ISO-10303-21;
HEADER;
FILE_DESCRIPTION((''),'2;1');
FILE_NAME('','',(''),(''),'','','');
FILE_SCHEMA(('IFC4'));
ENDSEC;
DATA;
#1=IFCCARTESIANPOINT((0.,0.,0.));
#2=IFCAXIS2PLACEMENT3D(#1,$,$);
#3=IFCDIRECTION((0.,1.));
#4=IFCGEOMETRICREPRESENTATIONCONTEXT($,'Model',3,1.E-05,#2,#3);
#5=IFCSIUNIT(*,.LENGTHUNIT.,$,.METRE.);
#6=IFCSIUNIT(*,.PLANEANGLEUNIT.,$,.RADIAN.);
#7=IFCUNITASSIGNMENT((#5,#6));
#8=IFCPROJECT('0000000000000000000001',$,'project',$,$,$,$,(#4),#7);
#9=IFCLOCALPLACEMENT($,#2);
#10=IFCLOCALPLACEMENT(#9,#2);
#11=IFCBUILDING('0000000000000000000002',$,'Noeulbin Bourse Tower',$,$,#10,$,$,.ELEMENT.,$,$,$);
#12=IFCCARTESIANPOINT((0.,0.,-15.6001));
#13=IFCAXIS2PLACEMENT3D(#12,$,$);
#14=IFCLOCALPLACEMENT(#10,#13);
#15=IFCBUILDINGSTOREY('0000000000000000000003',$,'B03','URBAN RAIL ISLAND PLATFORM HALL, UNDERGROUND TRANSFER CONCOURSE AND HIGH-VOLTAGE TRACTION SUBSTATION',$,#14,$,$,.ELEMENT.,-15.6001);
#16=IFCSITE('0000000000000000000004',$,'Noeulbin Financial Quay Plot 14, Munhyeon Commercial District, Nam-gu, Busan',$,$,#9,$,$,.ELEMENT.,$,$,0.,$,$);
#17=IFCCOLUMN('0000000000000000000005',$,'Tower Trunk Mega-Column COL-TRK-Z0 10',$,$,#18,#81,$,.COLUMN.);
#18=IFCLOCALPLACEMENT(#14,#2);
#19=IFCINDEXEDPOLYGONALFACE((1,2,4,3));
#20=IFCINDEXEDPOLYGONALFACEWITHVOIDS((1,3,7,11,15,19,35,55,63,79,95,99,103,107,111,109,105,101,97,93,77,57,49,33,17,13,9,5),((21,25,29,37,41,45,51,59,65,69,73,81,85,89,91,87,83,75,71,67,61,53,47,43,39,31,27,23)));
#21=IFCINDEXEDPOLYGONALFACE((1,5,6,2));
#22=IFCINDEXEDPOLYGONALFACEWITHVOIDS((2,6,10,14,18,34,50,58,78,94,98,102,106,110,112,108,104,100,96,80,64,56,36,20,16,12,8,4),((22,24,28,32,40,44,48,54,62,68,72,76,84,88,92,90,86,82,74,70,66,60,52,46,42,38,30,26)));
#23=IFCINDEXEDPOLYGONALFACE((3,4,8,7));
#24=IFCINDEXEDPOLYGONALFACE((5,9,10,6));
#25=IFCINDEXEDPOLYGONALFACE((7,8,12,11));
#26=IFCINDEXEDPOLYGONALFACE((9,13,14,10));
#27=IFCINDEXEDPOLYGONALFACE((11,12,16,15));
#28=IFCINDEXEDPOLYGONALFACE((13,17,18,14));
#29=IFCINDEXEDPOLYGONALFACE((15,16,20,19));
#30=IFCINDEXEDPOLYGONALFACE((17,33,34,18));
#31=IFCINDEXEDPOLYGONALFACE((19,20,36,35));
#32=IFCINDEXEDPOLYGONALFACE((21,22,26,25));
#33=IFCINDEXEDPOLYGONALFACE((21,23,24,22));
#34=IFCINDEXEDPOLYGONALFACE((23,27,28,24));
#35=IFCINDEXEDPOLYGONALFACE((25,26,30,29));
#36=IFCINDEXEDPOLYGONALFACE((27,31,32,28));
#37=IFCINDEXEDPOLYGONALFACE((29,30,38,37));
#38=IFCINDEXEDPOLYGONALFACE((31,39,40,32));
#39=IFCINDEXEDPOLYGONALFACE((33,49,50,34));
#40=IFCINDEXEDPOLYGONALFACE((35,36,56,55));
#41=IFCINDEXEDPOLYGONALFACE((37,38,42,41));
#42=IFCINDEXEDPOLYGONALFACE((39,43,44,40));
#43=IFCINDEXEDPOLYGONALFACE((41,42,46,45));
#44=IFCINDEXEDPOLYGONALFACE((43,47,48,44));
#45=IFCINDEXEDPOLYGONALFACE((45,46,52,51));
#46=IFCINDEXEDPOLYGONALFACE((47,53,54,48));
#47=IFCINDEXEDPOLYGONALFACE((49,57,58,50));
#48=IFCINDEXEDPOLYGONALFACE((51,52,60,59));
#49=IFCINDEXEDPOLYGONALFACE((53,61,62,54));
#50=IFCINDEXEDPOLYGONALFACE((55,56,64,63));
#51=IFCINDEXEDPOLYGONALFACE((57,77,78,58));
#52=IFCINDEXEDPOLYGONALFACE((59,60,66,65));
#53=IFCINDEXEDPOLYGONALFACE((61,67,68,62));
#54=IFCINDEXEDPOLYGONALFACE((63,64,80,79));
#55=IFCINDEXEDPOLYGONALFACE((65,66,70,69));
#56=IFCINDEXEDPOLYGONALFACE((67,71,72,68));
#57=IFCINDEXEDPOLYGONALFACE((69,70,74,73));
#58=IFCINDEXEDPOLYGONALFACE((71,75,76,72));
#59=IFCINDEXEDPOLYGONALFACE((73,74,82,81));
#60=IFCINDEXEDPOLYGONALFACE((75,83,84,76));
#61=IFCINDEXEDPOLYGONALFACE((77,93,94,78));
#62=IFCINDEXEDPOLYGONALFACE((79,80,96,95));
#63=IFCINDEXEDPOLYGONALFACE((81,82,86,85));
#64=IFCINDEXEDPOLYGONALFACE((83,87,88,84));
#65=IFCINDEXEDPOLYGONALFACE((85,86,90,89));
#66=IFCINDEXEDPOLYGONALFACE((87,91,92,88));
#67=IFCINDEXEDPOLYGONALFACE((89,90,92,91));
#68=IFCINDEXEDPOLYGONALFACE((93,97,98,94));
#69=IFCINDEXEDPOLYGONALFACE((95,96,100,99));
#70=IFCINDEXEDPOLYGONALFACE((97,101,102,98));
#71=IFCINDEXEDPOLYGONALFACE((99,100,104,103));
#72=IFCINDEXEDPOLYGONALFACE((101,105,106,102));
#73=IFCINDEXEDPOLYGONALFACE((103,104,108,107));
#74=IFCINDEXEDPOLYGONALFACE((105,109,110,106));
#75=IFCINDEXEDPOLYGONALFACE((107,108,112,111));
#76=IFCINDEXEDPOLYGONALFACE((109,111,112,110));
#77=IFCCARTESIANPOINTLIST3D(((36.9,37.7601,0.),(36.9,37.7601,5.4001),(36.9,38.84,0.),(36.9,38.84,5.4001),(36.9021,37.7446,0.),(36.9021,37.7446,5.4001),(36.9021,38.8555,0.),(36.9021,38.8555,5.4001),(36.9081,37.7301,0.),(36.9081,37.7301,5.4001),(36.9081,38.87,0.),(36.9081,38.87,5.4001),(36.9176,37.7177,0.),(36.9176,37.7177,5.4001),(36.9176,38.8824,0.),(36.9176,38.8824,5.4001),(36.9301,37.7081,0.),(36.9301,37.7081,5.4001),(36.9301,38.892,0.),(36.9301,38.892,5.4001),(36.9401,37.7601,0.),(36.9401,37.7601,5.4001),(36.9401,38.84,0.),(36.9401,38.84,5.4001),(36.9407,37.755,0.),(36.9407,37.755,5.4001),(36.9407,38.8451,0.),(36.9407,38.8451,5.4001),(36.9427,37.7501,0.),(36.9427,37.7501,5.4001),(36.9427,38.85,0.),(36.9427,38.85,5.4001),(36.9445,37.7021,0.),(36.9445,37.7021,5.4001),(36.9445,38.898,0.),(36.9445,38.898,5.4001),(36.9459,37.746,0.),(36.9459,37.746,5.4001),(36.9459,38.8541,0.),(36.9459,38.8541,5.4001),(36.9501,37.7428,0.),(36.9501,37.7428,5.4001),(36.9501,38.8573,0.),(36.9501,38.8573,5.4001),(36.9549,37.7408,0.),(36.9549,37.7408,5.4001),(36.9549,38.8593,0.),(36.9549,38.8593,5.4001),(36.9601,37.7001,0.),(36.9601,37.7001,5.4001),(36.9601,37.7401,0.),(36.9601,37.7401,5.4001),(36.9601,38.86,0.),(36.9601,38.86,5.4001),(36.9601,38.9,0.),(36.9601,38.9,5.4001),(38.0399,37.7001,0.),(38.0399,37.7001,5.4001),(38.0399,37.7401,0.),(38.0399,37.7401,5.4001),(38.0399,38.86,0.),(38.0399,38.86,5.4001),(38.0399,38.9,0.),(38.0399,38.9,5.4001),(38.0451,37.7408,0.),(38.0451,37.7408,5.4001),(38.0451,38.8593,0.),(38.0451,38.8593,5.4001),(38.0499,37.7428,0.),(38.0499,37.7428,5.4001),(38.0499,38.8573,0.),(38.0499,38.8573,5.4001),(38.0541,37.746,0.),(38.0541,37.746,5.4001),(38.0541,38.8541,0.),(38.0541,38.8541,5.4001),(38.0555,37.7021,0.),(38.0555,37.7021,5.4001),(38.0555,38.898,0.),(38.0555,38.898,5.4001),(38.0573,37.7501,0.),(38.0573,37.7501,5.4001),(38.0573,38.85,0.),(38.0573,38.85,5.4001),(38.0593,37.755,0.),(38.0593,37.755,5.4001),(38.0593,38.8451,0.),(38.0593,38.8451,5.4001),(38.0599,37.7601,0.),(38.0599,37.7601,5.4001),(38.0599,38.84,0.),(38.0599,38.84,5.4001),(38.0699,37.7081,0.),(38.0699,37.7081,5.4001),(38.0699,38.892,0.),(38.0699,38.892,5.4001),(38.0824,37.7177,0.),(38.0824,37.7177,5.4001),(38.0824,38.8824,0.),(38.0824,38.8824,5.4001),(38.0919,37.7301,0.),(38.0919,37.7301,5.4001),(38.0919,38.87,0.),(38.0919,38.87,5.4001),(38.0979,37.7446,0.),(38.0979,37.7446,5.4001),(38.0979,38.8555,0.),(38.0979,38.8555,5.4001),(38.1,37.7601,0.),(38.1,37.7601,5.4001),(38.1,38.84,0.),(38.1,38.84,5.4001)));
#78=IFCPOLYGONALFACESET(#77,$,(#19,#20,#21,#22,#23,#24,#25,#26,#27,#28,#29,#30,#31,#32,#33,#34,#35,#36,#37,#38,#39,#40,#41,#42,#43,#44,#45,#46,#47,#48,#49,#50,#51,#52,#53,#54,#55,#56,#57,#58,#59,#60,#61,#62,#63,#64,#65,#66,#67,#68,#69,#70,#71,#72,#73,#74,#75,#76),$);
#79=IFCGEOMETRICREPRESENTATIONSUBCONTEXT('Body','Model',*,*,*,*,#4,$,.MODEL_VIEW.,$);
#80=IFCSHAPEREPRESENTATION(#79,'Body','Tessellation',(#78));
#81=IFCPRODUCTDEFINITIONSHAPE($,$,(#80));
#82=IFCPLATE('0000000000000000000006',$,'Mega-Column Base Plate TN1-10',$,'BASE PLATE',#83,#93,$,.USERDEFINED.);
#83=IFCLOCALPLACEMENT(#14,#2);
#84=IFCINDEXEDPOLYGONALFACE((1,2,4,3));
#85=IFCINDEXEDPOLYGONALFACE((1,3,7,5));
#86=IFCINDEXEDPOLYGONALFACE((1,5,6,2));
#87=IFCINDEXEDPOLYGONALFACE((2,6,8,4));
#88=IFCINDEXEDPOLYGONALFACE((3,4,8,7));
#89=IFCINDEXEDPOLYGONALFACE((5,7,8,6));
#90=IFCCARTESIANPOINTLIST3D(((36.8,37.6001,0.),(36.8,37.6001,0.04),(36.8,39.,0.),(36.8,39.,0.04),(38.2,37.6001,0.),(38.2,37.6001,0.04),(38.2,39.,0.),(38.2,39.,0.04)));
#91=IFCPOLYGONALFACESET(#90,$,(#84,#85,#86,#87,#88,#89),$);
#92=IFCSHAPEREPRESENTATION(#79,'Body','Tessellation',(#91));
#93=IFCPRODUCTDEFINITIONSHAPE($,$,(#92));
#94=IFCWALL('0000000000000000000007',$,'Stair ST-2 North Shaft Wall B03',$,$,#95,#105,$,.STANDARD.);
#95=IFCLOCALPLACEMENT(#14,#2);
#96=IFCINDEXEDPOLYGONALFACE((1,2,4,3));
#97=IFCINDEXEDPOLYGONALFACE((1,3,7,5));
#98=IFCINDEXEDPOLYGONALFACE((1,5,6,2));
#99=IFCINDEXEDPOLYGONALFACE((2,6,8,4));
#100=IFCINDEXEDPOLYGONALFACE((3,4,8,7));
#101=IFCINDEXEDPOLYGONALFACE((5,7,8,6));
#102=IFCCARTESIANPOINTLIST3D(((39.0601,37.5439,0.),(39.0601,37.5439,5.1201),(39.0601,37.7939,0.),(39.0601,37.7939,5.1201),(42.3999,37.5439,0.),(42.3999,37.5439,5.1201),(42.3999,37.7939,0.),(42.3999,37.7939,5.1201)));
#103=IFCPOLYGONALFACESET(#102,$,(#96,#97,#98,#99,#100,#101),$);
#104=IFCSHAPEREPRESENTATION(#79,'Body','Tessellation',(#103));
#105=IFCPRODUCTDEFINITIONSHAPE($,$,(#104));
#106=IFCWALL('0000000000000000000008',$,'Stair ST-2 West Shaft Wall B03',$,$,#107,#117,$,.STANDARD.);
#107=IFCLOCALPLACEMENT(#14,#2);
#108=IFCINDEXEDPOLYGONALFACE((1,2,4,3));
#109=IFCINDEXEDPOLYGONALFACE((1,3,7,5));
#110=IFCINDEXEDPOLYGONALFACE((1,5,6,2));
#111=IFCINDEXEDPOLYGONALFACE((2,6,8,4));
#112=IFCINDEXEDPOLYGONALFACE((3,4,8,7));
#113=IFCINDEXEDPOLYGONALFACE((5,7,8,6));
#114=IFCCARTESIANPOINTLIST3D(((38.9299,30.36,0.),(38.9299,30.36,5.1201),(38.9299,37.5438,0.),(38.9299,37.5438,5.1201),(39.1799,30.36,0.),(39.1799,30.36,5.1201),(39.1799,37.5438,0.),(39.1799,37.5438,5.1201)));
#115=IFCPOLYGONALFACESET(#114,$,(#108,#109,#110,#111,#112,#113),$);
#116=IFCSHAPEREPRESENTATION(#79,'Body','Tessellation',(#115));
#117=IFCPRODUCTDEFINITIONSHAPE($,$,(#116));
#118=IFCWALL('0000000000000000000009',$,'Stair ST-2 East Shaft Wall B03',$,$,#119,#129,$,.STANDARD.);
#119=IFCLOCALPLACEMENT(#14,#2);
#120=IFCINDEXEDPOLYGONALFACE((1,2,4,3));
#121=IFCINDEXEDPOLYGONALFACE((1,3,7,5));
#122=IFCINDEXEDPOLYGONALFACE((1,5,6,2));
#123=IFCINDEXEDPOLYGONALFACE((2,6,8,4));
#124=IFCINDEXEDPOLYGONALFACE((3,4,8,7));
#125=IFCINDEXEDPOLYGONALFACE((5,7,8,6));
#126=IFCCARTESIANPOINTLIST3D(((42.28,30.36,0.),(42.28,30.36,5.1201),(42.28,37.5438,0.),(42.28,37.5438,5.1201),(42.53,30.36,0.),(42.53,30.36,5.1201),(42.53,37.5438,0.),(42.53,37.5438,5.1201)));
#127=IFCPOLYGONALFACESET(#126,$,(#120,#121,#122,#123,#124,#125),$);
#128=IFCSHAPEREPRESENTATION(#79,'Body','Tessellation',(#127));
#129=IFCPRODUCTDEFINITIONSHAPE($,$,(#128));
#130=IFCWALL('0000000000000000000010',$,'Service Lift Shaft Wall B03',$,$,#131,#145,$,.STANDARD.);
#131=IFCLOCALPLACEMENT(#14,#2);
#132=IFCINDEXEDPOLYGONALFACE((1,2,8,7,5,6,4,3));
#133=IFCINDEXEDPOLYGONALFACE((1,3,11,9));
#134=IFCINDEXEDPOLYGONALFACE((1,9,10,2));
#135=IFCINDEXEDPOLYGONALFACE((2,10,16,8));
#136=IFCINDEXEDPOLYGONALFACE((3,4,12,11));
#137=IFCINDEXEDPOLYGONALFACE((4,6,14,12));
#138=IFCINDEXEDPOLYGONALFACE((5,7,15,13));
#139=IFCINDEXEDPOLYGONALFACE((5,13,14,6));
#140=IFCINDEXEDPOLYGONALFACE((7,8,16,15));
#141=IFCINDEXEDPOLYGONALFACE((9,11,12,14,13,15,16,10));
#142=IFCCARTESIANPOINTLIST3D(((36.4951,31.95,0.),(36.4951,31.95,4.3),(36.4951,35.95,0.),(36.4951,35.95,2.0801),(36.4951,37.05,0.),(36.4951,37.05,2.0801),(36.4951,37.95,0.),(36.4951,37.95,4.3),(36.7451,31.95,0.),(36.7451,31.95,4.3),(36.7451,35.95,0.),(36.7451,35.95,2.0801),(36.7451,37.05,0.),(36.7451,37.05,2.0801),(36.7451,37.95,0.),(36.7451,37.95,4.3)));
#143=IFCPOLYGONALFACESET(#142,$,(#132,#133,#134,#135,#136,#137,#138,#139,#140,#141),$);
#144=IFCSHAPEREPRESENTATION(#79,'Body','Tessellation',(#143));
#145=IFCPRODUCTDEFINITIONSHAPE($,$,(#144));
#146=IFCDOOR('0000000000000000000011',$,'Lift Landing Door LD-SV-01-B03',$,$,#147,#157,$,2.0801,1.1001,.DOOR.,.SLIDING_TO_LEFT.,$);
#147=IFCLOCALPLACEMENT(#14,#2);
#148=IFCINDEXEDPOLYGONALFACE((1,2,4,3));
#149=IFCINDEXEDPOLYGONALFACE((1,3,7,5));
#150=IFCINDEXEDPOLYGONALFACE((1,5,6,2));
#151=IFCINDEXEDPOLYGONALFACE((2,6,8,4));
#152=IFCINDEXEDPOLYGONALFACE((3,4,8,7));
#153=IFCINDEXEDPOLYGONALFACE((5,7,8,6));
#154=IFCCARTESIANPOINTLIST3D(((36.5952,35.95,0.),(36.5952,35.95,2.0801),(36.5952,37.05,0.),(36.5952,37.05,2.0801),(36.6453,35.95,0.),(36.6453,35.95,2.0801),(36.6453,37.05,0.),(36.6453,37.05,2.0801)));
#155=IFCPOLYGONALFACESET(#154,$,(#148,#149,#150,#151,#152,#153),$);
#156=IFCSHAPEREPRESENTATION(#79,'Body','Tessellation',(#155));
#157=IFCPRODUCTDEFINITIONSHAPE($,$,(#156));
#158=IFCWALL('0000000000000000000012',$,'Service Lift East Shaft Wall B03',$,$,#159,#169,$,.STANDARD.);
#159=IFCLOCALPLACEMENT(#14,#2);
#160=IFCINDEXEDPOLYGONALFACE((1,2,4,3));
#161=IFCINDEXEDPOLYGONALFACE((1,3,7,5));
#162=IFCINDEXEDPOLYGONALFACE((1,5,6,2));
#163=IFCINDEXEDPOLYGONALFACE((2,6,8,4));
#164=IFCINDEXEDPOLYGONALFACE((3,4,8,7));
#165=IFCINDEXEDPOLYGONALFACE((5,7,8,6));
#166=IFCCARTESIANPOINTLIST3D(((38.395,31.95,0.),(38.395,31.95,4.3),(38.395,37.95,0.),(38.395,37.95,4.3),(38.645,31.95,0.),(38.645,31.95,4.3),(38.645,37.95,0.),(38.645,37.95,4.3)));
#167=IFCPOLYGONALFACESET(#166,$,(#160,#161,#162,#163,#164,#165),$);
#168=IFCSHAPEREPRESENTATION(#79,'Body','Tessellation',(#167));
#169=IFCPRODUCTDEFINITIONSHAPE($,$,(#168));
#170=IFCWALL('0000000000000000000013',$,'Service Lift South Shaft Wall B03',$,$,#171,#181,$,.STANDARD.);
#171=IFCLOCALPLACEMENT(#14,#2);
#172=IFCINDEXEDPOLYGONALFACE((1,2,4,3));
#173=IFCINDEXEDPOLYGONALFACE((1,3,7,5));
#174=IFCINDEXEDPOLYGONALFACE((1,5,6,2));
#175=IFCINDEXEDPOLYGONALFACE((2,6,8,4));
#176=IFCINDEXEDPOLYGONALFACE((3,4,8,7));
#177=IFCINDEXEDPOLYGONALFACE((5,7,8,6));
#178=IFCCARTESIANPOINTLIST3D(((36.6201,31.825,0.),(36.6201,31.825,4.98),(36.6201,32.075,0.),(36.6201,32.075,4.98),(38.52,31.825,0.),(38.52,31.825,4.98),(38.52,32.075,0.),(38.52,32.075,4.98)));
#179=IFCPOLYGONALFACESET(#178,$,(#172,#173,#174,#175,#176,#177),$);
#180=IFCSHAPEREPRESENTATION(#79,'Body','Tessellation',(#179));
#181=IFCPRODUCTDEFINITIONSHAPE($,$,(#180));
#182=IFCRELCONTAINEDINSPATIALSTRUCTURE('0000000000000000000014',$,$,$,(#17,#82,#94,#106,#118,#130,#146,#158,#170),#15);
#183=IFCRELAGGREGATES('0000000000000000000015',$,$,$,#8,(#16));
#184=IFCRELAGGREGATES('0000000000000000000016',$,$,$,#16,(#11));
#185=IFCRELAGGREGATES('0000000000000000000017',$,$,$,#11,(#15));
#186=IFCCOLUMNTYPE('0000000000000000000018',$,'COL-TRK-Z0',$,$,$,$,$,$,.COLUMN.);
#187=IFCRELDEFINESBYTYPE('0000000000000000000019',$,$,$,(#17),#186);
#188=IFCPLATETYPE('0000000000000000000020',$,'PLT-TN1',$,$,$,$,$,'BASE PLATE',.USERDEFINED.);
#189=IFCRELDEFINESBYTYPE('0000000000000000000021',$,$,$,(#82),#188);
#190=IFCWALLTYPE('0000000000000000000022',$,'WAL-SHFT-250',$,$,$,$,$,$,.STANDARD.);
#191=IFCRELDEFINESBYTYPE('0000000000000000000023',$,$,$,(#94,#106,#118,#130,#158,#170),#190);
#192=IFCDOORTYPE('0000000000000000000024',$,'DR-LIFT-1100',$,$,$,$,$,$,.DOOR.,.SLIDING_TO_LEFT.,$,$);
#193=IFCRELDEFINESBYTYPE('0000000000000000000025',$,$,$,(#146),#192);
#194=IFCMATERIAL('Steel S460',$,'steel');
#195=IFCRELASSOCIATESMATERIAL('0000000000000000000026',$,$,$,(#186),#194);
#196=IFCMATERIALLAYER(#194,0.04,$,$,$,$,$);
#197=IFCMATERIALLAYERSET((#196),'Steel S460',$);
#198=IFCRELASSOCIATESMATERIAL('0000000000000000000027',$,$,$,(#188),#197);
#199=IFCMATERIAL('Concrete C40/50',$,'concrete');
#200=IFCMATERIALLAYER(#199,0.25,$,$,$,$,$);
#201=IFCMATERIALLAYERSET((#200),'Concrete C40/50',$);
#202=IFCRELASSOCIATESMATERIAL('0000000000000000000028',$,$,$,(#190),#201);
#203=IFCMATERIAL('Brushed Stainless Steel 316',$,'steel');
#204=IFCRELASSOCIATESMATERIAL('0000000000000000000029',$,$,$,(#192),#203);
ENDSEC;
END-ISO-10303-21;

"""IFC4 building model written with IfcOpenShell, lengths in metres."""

from ifc_helpers import new_model, si_unit, direction, frame, frame_2d, origin, origin_2d, place, context, subcontext, project, spatial, rectangle, hollow_rectangle, extrude, material, layer, layer_set, material_profile, profile_set, type_object, element, fill, save


model = new_model("IFC4")

# Units and contexts
model_context = context("Model", 3, precision=1e-05, world=origin(), true_north=direction((0.0, 1.0)))
body_context = subcontext(model_context, "Body", "Model", "MODEL_VIEW")
ifc_project = project(units=[si_unit("LENGTHUNIT", "METRE"), si_unit("PLANEANGLEUNIT", "RADIAN")], contexts=[model_context])

# Site, building, storey
site_placement = place(None, origin())
site = spatial("IfcSite", under=ifc_project, at=site_placement, Name="Noeulbin Financial Quay Plot 14, Munhyeon Commercial District, Nam-gu, Busan", CompositionType="ELEMENT", RefElevation=0.0)
building_placement = place(site_placement, origin())
building = spatial("IfcBuilding", under=site, at=building_placement, Name="Noeulbin Bourse Tower", CompositionType="ELEMENT")
storey_placement = place(building_placement, frame((0.0, 0.0, -15.6001)))
storey = spatial("IfcBuildingStorey", under=building, at=storey_placement, Name="B03", Description="URBAN RAIL ISLAND PLATFORM HALL, UNDERGROUND TRANSFER CONCOURSE AND HIGH-VOLTAGE TRACTION SUBSTATION", CompositionType="ELEMENT", Elevation=-15.6001)

# Column
ifc_material_1 = material(Name="Steel S460", Category="steel")
ifc_material_profile_1 = material_profile(ifc_material_1, hollow_rectangle(XDim=1.2, YDim=1.2, WallThickness=0.04, InnerFilletRadius=0.02, OuterFilletRadius=0.0601, at=origin_2d()), Name="BOX-1200x1200x40", Category="LoadBearing")
ifc_profile_set_1 = profile_set([ifc_material_profile_1], Name="Steel S460")
column_type = type_object("IfcColumnType", Name="COL-TRK-Z0", PredefinedType="COLUMN", material=ifc_profile_set_1)
column_placement = place(storey_placement, frame((37.5, 38.3, 0.0), z_axis=(0.0, 0.0, 1.0), x_axis=(1.0, 0.0, 0.0)))
element("IfcColumn", 1, at=column_placement, inside=storey, type_object=column_type, Name="Tower Trunk Mega-Column COL-TRK-Z0 10", PredefinedType="COLUMN", context=body_context, shape_type="SweptSolid", body=[
    extrude(hollow_rectangle(XDim=1.2, YDim=1.2, WallThickness=0.04, InnerFilletRadius=0.02, OuterFilletRadius=0.0601, at=origin_2d()), origin(), (0.0, 0.0, 1.0), 5.4001),
])

# Plate
ifc_layer_1 = layer(ifc_material_1, 0.04)
ifc_layer_set_1 = layer_set([ifc_layer_1], Name="Steel S460")
plate_type = type_object("IfcPlateType", Name="PLT-TN1", ElementType="BASE PLATE", PredefinedType="USERDEFINED", material=ifc_layer_set_1)
plate_placement = place(storey_placement, frame((37.5, 38.3, 0.0), z_axis=(0.0, 0.0, 1.0), x_axis=(1.0, 0.0, 0.0)))
element("IfcPlate", 2, at=plate_placement, inside=storey, type_object=plate_type, Name="Mega-Column Base Plate TN1-10", ObjectType="BASE PLATE", PredefinedType="USERDEFINED", context=body_context, shape_type="SweptSolid", body=[
    extrude(rectangle(XDim=1.3999, YDim=1.3999, at=origin_2d()), origin(), (0.0, 0.0, 1.0), 0.04),
])

# Walls
ifc_material_2 = material(Name="Concrete C40/50", Category="concrete")
ifc_layer_2 = layer(ifc_material_2, 0.25)
ifc_layer_set_2 = layer_set([ifc_layer_2], Name="Concrete C40/50")
wall_type = type_object("IfcWallType", Name="WAL-SHFT-250", PredefinedType="STANDARD", material=ifc_layer_set_2)
wall_1_placement = place(storey_placement, frame((39.0601, 37.6689, 0.0), z_axis=(0.0, 0.0, 1.0), x_axis=(1.0, 0.0, 0.0)))
element("IfcWall", 3, at=wall_1_placement, inside=storey, type_object=wall_type, Name="Stair ST-2 North Shaft Wall B03", PredefinedType="STANDARD", context=body_context, shape_type="SweptSolid", body=[
    extrude(rectangle(XDim=3.3398, YDim=0.25, at=frame_2d((1.6699, 0.0))), origin(), (0.0, 0.0, 1.0), 5.1201),
])
for number, where, z_axis, x_axis, name in (
    (4, (39.0549, 30.3601, 0.0), (0.0, 0.0, 1.0), (0.0, 1.0, 0.0), "Stair ST-2 West Shaft Wall B03"),
    (5, (42.405, 30.3601, 0.0), (0.0, 0.0, 1.0), (0.0, 1.0, 0.0), "Stair ST-2 East Shaft Wall B03"),
):
    element("IfcWall", number, at=place(storey_placement, frame(where, z_axis=z_axis, x_axis=x_axis)), inside=storey, type_object=wall_type, Name=name, PredefinedType="STANDARD", context=body_context, shape_type="SweptSolid", body=[
        extrude(rectangle(XDim=7.1838, YDim=0.25, at=frame_2d((3.5918, 0.0))), origin(), (0.0, 0.0, 1.0), 5.1201),
    ])

# Wall, opening, door
wall_2_placement = place(storey_placement, frame((36.6201, 31.95, 0.0), z_axis=(0.0, 0.0, 1.0), x_axis=(0.0, 1.0, 0.0)))
wall_2 = element("IfcWall", 6, at=wall_2_placement, inside=storey, type_object=wall_type, Name="Service Lift Shaft Wall B03", PredefinedType="STANDARD", context=body_context, shape_type="SweptSolid", body=[
    extrude(rectangle(XDim=6.0, YDim=0.25, at=frame_2d((3.0, 0.0))), origin(), (0.0, 0.0, 1.0), 4.3),
])
opening_placement = place(wall_2_placement, frame((4.0, 0.0, 0.0)))
opening = element("IfcOpeningElement", 7, at=opening_placement, cuts=wall_2, PredefinedType="OPENING", context=body_context, shape_type="SweptSolid", body=[
    extrude(rectangle(XDim=1.1001, YDim=2.0801, at=frame_2d((0.55, 1.04))), frame((0.0, 0.135, 0.0), z_axis=(0.0, -1.0, 0.0), x_axis=(1.0, 0.0, 0.0)), (0.0, 0.0, 1.0), 0.27),
])
ifc_material_3 = material(Name="Brushed Stainless Steel 316", Category="steel")
door_type = type_object("IfcDoorType", Name="DR-LIFT-1100", OperationType="SLIDING_TO_LEFT", PredefinedType="DOOR", material=ifc_material_3)
door_placement = place(opening_placement, origin())
door = element("IfcDoor", 8, at=door_placement, inside=storey, type_object=door_type, Name="Lift Landing Door LD-SV-01-B03", OperationType="SLIDING_TO_LEFT", OverallHeight=2.0801, OverallWidth=1.1001, PredefinedType="DOOR", context=body_context, shape_type="SweptSolid", body=[
    extrude(rectangle(XDim=1.1001, YDim=2.0801, at=frame_2d((0.55, 1.04))), frame((0.0, 0.0249, 0.0), z_axis=(0.0, -1.0, 0.0), x_axis=(1.0, 0.0, 0.0)), (0.0, 0.0, 1.0), 0.05),
])
fill(opening, door)

# Walls
wall_3_placement = place(storey_placement, frame((38.52, 31.95, 0.0), z_axis=(0.0, 0.0, 1.0), x_axis=(0.0, 1.0, 0.0)))
element("IfcWall", 9, at=wall_3_placement, inside=storey, type_object=wall_type, Name="Service Lift East Shaft Wall B03", PredefinedType="STANDARD", context=body_context, shape_type="SweptSolid", body=[
    extrude(rectangle(XDim=6.0, YDim=0.25, at=frame_2d((3.0, 0.0))), origin(), (0.0, 0.0, 1.0), 4.3),
])
wall_4_placement = place(storey_placement, frame((36.6201, 31.95, 0.0), z_axis=(0.0, 0.0, 1.0), x_axis=(1.0, 0.0, 0.0)))
element("IfcWall", 10, at=wall_4_placement, inside=storey, type_object=wall_type, Name="Service Lift South Shaft Wall B03", PredefinedType="STANDARD", context=body_context, shape_type="SweptSolid", body=[
    extrude(rectangle(XDim=1.8999, YDim=0.25, at=frame_2d((0.95, 0.0))), origin(), (0.0, 0.0, 1.0), 4.98),
])

save(model, "model.ifc")
